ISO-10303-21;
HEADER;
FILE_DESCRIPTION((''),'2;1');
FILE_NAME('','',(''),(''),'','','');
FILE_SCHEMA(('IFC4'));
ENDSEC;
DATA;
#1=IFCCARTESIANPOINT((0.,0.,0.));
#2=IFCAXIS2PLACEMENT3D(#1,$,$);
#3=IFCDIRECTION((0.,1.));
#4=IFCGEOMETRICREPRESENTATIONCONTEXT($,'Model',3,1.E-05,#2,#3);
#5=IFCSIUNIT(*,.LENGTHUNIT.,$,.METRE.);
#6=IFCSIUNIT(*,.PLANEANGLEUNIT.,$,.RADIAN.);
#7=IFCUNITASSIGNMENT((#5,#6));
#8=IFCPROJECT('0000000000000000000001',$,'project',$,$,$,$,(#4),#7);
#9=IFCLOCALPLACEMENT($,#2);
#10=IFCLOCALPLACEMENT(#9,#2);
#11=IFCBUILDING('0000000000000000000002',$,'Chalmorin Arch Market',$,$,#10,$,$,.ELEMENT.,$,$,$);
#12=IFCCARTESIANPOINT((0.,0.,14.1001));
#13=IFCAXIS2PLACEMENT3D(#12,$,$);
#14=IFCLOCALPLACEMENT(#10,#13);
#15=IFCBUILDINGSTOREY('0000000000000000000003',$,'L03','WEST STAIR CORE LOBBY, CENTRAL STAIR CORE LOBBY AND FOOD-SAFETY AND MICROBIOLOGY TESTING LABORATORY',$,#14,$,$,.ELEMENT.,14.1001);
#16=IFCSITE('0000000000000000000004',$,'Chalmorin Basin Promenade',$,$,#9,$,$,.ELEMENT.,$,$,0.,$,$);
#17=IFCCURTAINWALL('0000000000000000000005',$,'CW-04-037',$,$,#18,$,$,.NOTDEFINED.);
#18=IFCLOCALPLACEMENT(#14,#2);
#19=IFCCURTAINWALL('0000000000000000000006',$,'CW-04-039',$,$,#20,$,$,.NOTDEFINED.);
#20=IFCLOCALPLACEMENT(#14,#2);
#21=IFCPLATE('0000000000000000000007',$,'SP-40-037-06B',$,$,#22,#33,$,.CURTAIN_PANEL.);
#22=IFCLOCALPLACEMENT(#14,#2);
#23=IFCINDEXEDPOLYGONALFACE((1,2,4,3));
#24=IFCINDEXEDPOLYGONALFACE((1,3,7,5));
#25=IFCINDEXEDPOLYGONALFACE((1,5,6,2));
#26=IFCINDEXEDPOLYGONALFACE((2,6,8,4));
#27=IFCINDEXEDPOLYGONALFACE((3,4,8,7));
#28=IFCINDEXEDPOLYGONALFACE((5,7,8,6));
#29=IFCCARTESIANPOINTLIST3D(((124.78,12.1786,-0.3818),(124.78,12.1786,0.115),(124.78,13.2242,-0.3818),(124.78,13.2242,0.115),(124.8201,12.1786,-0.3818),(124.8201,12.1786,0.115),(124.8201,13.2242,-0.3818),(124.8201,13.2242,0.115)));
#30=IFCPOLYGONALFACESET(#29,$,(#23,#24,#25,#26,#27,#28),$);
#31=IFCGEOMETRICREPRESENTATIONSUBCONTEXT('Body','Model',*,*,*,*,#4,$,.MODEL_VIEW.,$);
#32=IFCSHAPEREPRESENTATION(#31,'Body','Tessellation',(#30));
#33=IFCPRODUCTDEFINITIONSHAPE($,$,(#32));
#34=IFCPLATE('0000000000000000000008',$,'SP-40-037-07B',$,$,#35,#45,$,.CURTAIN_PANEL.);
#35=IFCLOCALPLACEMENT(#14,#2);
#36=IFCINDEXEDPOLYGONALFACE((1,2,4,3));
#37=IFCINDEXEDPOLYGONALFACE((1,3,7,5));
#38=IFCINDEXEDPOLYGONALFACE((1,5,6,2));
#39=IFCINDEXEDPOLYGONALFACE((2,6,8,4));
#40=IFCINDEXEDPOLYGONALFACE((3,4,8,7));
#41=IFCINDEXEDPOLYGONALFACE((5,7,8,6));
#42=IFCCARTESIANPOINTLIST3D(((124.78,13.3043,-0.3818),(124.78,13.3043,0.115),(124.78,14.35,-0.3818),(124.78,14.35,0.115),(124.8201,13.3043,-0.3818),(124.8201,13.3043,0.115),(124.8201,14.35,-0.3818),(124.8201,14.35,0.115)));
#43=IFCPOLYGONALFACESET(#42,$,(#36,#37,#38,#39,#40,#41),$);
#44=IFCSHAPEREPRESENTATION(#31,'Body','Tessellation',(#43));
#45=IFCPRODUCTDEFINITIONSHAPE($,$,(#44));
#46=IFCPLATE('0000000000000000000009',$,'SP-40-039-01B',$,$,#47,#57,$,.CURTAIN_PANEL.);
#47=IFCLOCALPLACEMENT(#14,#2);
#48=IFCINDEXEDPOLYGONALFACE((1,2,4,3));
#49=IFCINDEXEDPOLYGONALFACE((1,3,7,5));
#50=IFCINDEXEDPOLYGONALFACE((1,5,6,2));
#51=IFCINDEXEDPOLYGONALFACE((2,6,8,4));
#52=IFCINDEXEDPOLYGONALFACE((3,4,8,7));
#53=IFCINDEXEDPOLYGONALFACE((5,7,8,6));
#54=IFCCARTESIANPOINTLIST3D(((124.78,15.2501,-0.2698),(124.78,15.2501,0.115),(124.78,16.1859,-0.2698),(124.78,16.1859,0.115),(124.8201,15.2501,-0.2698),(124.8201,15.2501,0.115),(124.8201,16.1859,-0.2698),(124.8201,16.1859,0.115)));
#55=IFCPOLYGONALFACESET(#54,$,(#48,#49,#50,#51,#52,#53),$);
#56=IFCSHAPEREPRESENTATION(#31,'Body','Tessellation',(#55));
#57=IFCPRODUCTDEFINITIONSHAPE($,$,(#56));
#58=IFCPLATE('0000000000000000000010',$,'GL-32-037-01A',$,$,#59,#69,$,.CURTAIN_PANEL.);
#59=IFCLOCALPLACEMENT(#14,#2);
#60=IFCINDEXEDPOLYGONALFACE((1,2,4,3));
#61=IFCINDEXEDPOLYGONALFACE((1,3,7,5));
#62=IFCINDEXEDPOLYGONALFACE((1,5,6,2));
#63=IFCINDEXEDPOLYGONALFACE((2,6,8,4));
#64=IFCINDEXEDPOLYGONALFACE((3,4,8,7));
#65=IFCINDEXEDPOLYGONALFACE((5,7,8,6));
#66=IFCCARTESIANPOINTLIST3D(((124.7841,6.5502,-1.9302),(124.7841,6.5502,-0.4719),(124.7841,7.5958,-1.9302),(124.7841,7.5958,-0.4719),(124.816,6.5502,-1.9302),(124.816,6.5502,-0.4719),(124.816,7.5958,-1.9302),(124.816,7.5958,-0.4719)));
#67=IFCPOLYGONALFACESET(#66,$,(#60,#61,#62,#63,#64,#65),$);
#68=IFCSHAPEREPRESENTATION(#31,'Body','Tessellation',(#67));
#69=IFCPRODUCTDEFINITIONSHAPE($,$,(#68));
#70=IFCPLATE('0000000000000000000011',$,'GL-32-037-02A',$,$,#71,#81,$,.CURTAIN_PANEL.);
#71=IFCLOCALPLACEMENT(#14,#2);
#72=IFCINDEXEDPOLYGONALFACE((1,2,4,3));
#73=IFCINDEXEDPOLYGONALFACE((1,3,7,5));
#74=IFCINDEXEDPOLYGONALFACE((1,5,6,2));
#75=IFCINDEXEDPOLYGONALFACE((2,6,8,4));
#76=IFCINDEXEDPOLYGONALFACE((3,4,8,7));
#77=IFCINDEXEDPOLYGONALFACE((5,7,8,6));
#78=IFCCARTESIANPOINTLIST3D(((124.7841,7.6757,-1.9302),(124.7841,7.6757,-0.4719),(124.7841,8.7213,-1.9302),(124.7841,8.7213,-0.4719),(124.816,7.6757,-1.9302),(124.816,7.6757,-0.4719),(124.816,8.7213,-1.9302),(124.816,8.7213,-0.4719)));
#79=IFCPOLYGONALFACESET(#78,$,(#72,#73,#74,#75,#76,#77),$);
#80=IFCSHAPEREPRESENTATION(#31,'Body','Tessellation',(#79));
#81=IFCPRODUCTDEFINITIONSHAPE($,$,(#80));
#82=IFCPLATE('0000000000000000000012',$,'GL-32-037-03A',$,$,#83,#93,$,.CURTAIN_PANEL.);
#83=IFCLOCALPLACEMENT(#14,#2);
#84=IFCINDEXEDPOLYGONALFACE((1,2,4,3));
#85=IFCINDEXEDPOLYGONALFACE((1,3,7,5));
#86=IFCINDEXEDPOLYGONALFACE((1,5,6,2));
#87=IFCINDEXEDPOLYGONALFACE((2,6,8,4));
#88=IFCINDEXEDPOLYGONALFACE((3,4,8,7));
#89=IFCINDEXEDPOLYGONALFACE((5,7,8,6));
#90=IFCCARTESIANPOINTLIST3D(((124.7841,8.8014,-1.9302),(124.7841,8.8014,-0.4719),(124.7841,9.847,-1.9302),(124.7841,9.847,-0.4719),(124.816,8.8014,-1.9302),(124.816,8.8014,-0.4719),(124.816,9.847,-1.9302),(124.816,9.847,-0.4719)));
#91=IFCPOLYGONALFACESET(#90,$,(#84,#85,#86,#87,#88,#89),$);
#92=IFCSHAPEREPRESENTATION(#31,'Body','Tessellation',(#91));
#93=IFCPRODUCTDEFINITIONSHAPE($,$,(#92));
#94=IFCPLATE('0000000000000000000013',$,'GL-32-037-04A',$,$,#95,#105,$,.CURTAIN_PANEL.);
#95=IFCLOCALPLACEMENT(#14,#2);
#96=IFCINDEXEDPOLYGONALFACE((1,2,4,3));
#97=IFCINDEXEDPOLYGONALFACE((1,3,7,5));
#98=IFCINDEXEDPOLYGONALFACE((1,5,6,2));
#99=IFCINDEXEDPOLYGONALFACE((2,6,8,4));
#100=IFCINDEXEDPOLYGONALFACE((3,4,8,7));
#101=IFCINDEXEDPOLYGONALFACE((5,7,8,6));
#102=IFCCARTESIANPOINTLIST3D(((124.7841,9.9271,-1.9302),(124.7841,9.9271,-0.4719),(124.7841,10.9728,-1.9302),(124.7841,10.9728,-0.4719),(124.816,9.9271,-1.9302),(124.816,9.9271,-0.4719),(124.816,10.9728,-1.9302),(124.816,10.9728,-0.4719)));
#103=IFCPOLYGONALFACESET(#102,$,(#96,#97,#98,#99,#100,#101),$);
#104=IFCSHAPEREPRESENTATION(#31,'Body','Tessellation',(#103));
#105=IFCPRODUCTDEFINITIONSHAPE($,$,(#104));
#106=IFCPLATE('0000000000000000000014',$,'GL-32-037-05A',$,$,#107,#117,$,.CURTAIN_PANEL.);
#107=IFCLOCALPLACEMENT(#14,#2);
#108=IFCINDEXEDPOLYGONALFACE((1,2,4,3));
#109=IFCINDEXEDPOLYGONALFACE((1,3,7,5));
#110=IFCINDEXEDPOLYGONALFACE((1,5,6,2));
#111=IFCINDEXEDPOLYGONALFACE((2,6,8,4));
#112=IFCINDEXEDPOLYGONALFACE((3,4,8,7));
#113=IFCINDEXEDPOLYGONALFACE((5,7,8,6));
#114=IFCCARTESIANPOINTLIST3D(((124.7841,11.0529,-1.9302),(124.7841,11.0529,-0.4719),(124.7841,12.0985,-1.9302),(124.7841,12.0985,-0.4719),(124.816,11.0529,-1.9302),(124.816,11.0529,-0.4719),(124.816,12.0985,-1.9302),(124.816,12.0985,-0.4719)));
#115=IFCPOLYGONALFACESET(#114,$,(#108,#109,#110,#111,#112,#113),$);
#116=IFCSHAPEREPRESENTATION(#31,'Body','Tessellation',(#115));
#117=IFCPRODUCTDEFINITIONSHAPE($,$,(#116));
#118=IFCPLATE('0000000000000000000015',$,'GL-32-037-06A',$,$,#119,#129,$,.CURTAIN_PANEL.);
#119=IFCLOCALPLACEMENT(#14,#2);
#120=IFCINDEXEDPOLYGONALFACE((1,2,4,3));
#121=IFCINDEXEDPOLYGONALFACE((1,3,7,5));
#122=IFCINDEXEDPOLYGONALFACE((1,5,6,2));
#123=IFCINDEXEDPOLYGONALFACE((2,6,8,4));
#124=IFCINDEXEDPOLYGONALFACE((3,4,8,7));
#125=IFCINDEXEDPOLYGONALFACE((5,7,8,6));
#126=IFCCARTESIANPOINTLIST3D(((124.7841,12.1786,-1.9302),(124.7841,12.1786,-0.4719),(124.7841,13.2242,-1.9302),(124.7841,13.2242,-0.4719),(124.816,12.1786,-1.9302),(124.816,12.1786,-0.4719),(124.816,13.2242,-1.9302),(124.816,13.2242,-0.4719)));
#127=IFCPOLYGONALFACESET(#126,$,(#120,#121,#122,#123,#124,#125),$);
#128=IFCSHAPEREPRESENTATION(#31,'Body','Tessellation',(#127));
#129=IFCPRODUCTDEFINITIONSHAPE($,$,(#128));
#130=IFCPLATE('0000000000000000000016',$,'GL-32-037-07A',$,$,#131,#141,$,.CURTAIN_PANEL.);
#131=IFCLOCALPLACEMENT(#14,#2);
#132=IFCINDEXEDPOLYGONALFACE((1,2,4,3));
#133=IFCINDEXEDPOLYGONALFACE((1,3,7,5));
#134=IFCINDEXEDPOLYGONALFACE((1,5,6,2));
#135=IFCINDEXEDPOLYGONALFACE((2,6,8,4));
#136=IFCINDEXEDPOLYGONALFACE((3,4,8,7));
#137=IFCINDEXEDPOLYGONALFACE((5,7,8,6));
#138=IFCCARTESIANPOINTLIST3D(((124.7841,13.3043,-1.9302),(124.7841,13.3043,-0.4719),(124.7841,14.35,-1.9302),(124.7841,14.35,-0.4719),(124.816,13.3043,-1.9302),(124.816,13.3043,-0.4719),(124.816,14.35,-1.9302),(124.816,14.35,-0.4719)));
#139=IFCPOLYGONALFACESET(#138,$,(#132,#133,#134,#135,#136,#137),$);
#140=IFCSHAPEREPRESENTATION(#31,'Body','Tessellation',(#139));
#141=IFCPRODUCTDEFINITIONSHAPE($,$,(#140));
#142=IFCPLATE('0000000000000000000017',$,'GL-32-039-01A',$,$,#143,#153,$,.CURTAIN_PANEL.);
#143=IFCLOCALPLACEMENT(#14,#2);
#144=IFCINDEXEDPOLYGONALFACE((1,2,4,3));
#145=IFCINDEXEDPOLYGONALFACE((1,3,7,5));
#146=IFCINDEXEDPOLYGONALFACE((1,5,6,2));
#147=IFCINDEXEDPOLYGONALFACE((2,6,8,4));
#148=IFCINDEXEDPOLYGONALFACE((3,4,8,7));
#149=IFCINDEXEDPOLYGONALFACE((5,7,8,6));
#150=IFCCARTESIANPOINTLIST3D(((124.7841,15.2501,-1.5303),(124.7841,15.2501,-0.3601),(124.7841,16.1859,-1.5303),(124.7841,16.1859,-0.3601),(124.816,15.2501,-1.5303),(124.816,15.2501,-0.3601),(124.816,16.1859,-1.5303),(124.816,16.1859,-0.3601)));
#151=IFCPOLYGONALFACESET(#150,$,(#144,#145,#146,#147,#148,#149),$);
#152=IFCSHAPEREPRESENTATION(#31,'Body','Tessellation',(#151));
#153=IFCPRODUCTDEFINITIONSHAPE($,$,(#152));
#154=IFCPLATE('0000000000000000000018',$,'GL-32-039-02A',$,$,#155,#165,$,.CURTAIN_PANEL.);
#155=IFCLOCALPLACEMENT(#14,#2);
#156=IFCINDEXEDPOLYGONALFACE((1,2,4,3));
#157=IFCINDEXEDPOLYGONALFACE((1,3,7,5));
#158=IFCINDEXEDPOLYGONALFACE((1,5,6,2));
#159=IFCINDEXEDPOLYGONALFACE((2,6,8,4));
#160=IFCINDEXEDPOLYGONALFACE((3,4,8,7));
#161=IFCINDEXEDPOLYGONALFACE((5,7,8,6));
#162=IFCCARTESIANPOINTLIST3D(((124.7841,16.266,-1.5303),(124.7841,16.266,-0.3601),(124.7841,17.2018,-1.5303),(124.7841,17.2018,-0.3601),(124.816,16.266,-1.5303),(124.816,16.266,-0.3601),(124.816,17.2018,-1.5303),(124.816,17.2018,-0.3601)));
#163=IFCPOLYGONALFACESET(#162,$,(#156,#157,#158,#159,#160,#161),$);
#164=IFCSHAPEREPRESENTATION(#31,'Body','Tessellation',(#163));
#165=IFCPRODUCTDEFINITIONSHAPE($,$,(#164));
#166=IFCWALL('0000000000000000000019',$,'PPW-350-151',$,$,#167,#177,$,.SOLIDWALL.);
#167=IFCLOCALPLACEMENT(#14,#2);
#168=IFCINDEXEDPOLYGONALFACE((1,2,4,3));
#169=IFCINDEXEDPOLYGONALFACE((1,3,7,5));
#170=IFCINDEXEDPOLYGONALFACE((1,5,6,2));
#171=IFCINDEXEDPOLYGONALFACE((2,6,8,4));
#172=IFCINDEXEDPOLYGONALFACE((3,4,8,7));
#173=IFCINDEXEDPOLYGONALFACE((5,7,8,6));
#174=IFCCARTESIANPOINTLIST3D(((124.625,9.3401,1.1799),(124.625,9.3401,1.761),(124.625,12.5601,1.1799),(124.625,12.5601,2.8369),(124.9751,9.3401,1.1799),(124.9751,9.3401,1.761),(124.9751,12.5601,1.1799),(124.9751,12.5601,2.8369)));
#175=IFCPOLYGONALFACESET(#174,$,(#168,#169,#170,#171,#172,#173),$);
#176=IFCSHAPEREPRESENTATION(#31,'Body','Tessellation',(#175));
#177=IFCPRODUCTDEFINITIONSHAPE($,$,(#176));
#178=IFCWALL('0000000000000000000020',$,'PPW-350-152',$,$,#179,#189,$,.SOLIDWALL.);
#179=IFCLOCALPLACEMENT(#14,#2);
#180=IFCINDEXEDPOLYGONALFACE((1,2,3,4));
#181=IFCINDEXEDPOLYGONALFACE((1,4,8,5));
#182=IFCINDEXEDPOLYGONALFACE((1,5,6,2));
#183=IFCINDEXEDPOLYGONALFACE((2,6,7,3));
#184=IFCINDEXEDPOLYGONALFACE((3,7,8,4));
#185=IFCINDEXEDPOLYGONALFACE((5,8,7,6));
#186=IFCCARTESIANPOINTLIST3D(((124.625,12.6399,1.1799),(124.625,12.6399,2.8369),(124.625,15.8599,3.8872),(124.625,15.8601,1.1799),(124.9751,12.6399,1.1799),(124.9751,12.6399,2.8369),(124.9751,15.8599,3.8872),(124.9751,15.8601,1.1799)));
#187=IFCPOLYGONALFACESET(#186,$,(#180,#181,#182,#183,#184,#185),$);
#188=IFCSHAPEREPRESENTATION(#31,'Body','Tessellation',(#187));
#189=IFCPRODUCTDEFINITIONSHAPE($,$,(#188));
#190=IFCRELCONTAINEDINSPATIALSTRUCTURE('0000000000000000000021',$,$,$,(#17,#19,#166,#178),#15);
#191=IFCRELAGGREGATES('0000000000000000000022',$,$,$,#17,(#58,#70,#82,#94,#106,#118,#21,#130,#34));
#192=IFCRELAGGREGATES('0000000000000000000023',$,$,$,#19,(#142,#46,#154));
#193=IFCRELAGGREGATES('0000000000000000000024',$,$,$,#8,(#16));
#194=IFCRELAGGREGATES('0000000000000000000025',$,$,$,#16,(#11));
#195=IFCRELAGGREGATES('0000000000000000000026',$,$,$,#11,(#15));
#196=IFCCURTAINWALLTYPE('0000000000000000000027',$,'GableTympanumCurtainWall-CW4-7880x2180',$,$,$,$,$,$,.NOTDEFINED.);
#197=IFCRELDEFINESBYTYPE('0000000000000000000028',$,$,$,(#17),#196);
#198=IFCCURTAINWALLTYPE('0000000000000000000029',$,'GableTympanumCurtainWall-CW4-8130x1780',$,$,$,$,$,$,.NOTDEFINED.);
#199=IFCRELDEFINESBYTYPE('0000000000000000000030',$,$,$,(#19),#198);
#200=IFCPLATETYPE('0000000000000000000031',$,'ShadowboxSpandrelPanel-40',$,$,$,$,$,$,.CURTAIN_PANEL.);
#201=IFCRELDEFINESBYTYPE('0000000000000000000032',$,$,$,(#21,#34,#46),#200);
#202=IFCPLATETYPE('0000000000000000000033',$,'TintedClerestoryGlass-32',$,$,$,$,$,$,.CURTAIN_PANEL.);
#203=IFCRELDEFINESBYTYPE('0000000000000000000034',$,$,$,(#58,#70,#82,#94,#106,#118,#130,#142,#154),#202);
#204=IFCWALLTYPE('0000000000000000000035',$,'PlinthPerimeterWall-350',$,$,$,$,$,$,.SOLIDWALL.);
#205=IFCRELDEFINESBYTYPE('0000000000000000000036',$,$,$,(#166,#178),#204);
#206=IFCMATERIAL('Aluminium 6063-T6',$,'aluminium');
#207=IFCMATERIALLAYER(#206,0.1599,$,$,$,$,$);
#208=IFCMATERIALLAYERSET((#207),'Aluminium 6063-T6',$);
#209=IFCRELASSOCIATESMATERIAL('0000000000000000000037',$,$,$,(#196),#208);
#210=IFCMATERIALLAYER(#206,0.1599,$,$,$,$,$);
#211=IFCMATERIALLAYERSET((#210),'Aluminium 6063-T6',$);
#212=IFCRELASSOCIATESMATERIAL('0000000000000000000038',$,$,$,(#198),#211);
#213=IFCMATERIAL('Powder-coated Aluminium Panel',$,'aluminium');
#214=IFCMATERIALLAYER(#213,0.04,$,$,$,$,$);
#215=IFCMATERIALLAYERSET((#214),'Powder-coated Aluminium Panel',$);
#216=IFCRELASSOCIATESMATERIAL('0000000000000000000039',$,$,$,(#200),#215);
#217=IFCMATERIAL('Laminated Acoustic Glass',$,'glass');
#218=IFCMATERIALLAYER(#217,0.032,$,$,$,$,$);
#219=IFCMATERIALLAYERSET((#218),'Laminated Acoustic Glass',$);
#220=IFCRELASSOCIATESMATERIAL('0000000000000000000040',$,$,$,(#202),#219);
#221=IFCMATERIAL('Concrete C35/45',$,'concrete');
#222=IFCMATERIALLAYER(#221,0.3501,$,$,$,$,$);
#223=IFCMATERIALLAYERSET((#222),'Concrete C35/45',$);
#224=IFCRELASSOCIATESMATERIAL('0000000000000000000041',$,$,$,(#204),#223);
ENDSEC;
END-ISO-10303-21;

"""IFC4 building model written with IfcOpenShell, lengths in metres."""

from ifc_helpers import new_model, si_unit, direction, frame, origin, origin_2d, place, context, subcontext, project, spatial, polyline, rectangle, outline, extrude, material, layer, layer_set, type_object, element, aggregate, save


model = new_model("IFC4")

# Units and contexts
model_context = context("Model", 3, precision=1e-05, world=origin(), true_north=direction((0.0, 1.0)))
body_context = subcontext(model_context, "Body", "Model", "MODEL_VIEW")
ifc_project = project(units=[si_unit("LENGTHUNIT", "METRE"), si_unit("PLANEANGLEUNIT", "RADIAN")], contexts=[model_context])

# Site, building, storey
site_placement = place(None, origin())
site = spatial("IfcSite", under=ifc_project, at=site_placement, Name="Chalmorin Basin Promenade", CompositionType="ELEMENT", RefElevation=0.0)
building_placement = place(site_placement, origin())
building = spatial("IfcBuilding", under=site, at=building_placement, Name="Chalmorin Arch Market", CompositionType="ELEMENT")
storey_placement = place(building_placement, frame((0.0, 0.0, 14.1001)))
storey = spatial("IfcBuildingStorey", under=building, at=storey_placement, Name="L03", Description="WEST STAIR CORE LOBBY, CENTRAL STAIR CORE LOBBY AND FOOD-SAFETY AND MICROBIOLOGY TESTING LABORATORY", CompositionType="ELEMENT", Elevation=14.1001)

# Curtain walls
ifc_material_1 = material(Name="Aluminium 6063-T6", Category="aluminium")
ifc_layer_1 = layer(ifc_material_1, 0.1599)
ifc_layer_set_1 = layer_set([ifc_layer_1], Name="Aluminium 6063-T6")
curtain_wall_type_1 = type_object("IfcCurtainWallType", Name="GableTympanumCurtainWall-CW4-7880x2180", PredefinedType="NOTDEFINED", material=ifc_layer_set_1)
curtain_wall_1_placement = place(storey_placement, origin())
curtain_wall_1 = element("IfcCurtainWall", 1, at=curtain_wall_1_placement, inside=storey, type_object=curtain_wall_type_1, Name="CW-04-037", PredefinedType="NOTDEFINED")
ifc_layer_2 = layer(ifc_material_1, 0.1599)
ifc_layer_set_2 = layer_set([ifc_layer_2], Name="Aluminium 6063-T6")
curtain_wall_type_2 = type_object("IfcCurtainWallType", Name="GableTympanumCurtainWall-CW4-8130x1780", PredefinedType="NOTDEFINED", material=ifc_layer_set_2)
curtain_wall_2_placement = place(storey_placement, origin())
curtain_wall_2 = element("IfcCurtainWall", 2, at=curtain_wall_2_placement, inside=storey, type_object=curtain_wall_type_2, Name="CW-04-039", PredefinedType="NOTDEFINED")

# Plates
ifc_material_2 = material(Name="Powder-coated Aluminium Panel", Category="aluminium")
ifc_layer_3 = layer(ifc_material_2, 0.04)
ifc_layer_set_3 = layer_set([ifc_layer_3], Name="Powder-coated Aluminium Panel")
plate_type_1 = type_object("IfcPlateType", Name="ShadowboxSpandrelPanel-40", PredefinedType="CURTAIN_PANEL", material=ifc_layer_set_3)
plate_1_placement = place(storey_placement, frame((124.8, 12.7014, -0.3818), z_axis=(0.0, 0.0, 1.0), x_axis=(0.0, 1.0, 0.0)))
plate_1 = element("IfcPlate", 3, at=plate_1_placement, type_object=plate_type_1, Name="SP-40-037-06B", PredefinedType="CURTAIN_PANEL", context=body_context, shape_type="SweptSolid", body=[
    extrude(rectangle(XDim=1.0457, YDim=0.04, at=origin_2d()), origin(), (0.0, 0.0, 1.0), 0.4968),
])
plate_2_placement = place(storey_placement, frame((124.8, 13.8271, -0.3818), z_axis=(0.0, 0.0, 1.0), x_axis=(0.0, 1.0, 0.0)))
plate_2 = element("IfcPlate", 4, at=plate_2_placement, type_object=plate_type_1, Name="SP-40-037-07B", PredefinedType="CURTAIN_PANEL", context=body_context, shape_type="SweptSolid", body=[
    extrude(rectangle(XDim=1.0457, YDim=0.04, at=origin_2d()), origin(), (0.0, 0.0, 1.0), 0.4968),
])
plate_3_placement = place(storey_placement, frame((124.8, 15.718, -0.2698), z_axis=(0.0, 0.0, 1.0), x_axis=(0.0, 1.0, 0.0)))
plate_3 = element("IfcPlate", 5, at=plate_3_placement, type_object=plate_type_1, Name="SP-40-039-01B", PredefinedType="CURTAIN_PANEL", context=body_context, shape_type="SweptSolid", body=[
    extrude(rectangle(XDim=0.9358, YDim=0.04, at=origin_2d()), origin(), (0.0, 0.0, 1.0), 0.3848),
])
ifc_material_3 = material(Name="Laminated Acoustic Glass", Category="glass")
ifc_layer_4 = layer(ifc_material_3, 0.032)
ifc_layer_set_4 = layer_set([ifc_layer_4], Name="Laminated Acoustic Glass")
plate_type_2 = type_object("IfcPlateType", Name="TintedClerestoryGlass-32", PredefinedType="CURTAIN_PANEL", material=ifc_layer_set_4)
plate_4_placement = place(storey_placement, frame((124.8, 7.073, -1.9302), z_axis=(0.0, 0.0, 1.0), x_axis=(0.0, 1.0, 0.0)))
plate_4 = element("IfcPlate", 6, at=plate_4_placement, type_object=plate_type_2, Name="GL-32-037-01A", PredefinedType="CURTAIN_PANEL", context=body_context, shape_type="SweptSolid", body=[
    extrude(rectangle(XDim=1.0457, YDim=0.032, at=origin_2d()), origin(), (0.0, 0.0, 1.0), 1.4583),
])
plate_5_placement = place(storey_placement, frame((124.8, 8.1985, -1.9302), z_axis=(0.0, 0.0, 1.0), x_axis=(0.0, 1.0, 0.0)))
plate_5 = element("IfcPlate", 7, at=plate_5_placement, type_object=plate_type_2, Name="GL-32-037-02A", PredefinedType="CURTAIN_PANEL", context=body_context, shape_type="SweptSolid", body=[
    extrude(rectangle(XDim=1.0457, YDim=0.032, at=origin_2d()), origin(), (0.0, 0.0, 1.0), 1.4583),
])
plate_6_placement = place(storey_placement, frame((124.8, 9.3242, -1.9302), z_axis=(0.0, 0.0, 1.0), x_axis=(0.0, 1.0, 0.0)))
plate_6 = element("IfcPlate", 8, at=plate_6_placement, type_object=plate_type_2, Name="GL-32-037-03A", PredefinedType="CURTAIN_PANEL", context=body_context, shape_type="SweptSolid", body=[
    extrude(rectangle(XDim=1.0457, YDim=0.032, at=origin_2d()), origin(), (0.0, 0.0, 1.0), 1.4583),
])
plate_7_placement = place(storey_placement, frame((124.8, 10.45, -1.9302), z_axis=(0.0, 0.0, 1.0), x_axis=(0.0, 1.0, 0.0)))
plate_7 = element("IfcPlate", 9, at=plate_7_placement, type_object=plate_type_2, Name="GL-32-037-04A", PredefinedType="CURTAIN_PANEL", context=body_context, shape_type="SweptSolid", body=[
    extrude(rectangle(XDim=1.0457, YDim=0.032, at=origin_2d()), origin(), (0.0, 0.0, 1.0), 1.4583),
])
plate_8_placement = place(storey_placement, frame((124.8, 11.5757, -1.9302), z_axis=(0.0, 0.0, 1.0), x_axis=(0.0, 1.0, 0.0)))
plate_8 = element("IfcPlate", 10, at=plate_8_placement, type_object=plate_type_2, Name="GL-32-037-05A", PredefinedType="CURTAIN_PANEL", context=body_context, shape_type="SweptSolid", body=[
    extrude(rectangle(XDim=1.0457, YDim=0.032, at=origin_2d()), origin(), (0.0, 0.0, 1.0), 1.4583),
])
plate_9_placement = place(storey_placement, frame((124.8, 12.7014, -1.9302), z_axis=(0.0, 0.0, 1.0), x_axis=(0.0, 1.0, 0.0)))
plate_9 = element("IfcPlate", 11, at=plate_9_placement, type_object=plate_type_2, Name="GL-32-037-06A", PredefinedType="CURTAIN_PANEL", context=body_context, shape_type="SweptSolid", body=[
    extrude(rectangle(XDim=1.0457, YDim=0.032, at=origin_2d()), origin(), (0.0, 0.0, 1.0), 1.4583),
])
plate_10_placement = place(storey_placement, frame((124.8, 13.8271, -1.9302), z_axis=(0.0, 0.0, 1.0), x_axis=(0.0, 1.0, 0.0)))
plate_10 = element("IfcPlate", 12, at=plate_10_placement, type_object=plate_type_2, Name="GL-32-037-07A", PredefinedType="CURTAIN_PANEL", context=body_context, shape_type="SweptSolid", body=[
    extrude(rectangle(XDim=1.0457, YDim=0.032, at=origin_2d()), origin(), (0.0, 0.0, 1.0), 1.4583),
])
aggregate(curtain_wall_1, [plate_4, plate_5, plate_6, plate_7, plate_8, plate_9, plate_1, plate_10, plate_2])
plate_11_placement = place(storey_placement, frame((124.8, 15.718, -1.5303), z_axis=(0.0, 0.0, 1.0), x_axis=(0.0, 1.0, 0.0)))
plate_11 = element("IfcPlate", 13, at=plate_11_placement, type_object=plate_type_2, Name="GL-32-039-01A", PredefinedType="CURTAIN_PANEL", context=body_context, shape_type="SweptSolid", body=[
    extrude(rectangle(XDim=0.9358, YDim=0.032, at=origin_2d()), origin(), (0.0, 0.0, 1.0), 1.1702),
])
plate_12_placement = place(storey_placement, frame((124.8, 16.7339, -1.5303), z_axis=(0.0, 0.0, 1.0), x_axis=(0.0, 1.0, 0.0)))
plate_12 = element("IfcPlate", 14, at=plate_12_placement, type_object=plate_type_2, Name="GL-32-039-02A", PredefinedType="CURTAIN_PANEL", context=body_context, shape_type="SweptSolid", body=[
    extrude(rectangle(XDim=0.9358, YDim=0.032, at=origin_2d()), origin(), (0.0, 0.0, 1.0), 1.1702),
])
aggregate(curtain_wall_2, [plate_11, plate_3, plate_12])

# Walls
ifc_material_4 = material(Name="Concrete C35/45", Category="concrete")
ifc_layer_5 = layer(ifc_material_4, 0.3501)
ifc_layer_set_5 = layer_set([ifc_layer_5], Name="Concrete C35/45")
wall_type = type_object("IfcWallType", Name="PlinthPerimeterWall-350", PredefinedType="SOLIDWALL", material=ifc_layer_set_5)
wall_1_placement = place(storey_placement, frame((124.8, 9.3401, 1.1799), z_axis=(0.0, 0.0, 1.0), x_axis=(0.0, 1.0, 0.0)))
element("IfcWall", 15, at=wall_1_placement, inside=storey, type_object=wall_type, Name="PPW-350-151", PredefinedType="SOLIDWALL", context=body_context, shape_type="SweptSolid", body=[
    extrude(outline(polyline([(0.0, 0.0), (3.22, 0.0), (3.22, 1.657), (0.0, 0.5811), (0.0, 0.0)])), frame((0.0, 0.175, 0.0), z_axis=(0.0, -1.0, 0.0), x_axis=(1.0, 0.0, 0.0)), (0.0, 0.0, 1.0), 0.3501),
])
wall_2_placement = place(storey_placement, frame((124.8, 12.6399, 1.1799), z_axis=(0.0, 0.0, 1.0), x_axis=(0.0, 1.0, 0.0)))
element("IfcWall", 16, at=wall_2_placement, inside=storey, type_object=wall_type, Name="PPW-350-152", PredefinedType="SOLIDWALL", context=body_context, shape_type="SweptSolid", body=[
    extrude(outline(polyline([(0.0, 0.0), (3.2202, 0.0), (3.22, 2.7073), (0.0, 1.657), (0.0, 0.0)])), frame((0.0, 0.175, 0.0), z_axis=(0.0, -1.0, 0.0), x_axis=(1.0, 0.0, 0.0)), (0.0, 0.0, 1.0), 0.3501),
])

save(model, "model.ifc")
